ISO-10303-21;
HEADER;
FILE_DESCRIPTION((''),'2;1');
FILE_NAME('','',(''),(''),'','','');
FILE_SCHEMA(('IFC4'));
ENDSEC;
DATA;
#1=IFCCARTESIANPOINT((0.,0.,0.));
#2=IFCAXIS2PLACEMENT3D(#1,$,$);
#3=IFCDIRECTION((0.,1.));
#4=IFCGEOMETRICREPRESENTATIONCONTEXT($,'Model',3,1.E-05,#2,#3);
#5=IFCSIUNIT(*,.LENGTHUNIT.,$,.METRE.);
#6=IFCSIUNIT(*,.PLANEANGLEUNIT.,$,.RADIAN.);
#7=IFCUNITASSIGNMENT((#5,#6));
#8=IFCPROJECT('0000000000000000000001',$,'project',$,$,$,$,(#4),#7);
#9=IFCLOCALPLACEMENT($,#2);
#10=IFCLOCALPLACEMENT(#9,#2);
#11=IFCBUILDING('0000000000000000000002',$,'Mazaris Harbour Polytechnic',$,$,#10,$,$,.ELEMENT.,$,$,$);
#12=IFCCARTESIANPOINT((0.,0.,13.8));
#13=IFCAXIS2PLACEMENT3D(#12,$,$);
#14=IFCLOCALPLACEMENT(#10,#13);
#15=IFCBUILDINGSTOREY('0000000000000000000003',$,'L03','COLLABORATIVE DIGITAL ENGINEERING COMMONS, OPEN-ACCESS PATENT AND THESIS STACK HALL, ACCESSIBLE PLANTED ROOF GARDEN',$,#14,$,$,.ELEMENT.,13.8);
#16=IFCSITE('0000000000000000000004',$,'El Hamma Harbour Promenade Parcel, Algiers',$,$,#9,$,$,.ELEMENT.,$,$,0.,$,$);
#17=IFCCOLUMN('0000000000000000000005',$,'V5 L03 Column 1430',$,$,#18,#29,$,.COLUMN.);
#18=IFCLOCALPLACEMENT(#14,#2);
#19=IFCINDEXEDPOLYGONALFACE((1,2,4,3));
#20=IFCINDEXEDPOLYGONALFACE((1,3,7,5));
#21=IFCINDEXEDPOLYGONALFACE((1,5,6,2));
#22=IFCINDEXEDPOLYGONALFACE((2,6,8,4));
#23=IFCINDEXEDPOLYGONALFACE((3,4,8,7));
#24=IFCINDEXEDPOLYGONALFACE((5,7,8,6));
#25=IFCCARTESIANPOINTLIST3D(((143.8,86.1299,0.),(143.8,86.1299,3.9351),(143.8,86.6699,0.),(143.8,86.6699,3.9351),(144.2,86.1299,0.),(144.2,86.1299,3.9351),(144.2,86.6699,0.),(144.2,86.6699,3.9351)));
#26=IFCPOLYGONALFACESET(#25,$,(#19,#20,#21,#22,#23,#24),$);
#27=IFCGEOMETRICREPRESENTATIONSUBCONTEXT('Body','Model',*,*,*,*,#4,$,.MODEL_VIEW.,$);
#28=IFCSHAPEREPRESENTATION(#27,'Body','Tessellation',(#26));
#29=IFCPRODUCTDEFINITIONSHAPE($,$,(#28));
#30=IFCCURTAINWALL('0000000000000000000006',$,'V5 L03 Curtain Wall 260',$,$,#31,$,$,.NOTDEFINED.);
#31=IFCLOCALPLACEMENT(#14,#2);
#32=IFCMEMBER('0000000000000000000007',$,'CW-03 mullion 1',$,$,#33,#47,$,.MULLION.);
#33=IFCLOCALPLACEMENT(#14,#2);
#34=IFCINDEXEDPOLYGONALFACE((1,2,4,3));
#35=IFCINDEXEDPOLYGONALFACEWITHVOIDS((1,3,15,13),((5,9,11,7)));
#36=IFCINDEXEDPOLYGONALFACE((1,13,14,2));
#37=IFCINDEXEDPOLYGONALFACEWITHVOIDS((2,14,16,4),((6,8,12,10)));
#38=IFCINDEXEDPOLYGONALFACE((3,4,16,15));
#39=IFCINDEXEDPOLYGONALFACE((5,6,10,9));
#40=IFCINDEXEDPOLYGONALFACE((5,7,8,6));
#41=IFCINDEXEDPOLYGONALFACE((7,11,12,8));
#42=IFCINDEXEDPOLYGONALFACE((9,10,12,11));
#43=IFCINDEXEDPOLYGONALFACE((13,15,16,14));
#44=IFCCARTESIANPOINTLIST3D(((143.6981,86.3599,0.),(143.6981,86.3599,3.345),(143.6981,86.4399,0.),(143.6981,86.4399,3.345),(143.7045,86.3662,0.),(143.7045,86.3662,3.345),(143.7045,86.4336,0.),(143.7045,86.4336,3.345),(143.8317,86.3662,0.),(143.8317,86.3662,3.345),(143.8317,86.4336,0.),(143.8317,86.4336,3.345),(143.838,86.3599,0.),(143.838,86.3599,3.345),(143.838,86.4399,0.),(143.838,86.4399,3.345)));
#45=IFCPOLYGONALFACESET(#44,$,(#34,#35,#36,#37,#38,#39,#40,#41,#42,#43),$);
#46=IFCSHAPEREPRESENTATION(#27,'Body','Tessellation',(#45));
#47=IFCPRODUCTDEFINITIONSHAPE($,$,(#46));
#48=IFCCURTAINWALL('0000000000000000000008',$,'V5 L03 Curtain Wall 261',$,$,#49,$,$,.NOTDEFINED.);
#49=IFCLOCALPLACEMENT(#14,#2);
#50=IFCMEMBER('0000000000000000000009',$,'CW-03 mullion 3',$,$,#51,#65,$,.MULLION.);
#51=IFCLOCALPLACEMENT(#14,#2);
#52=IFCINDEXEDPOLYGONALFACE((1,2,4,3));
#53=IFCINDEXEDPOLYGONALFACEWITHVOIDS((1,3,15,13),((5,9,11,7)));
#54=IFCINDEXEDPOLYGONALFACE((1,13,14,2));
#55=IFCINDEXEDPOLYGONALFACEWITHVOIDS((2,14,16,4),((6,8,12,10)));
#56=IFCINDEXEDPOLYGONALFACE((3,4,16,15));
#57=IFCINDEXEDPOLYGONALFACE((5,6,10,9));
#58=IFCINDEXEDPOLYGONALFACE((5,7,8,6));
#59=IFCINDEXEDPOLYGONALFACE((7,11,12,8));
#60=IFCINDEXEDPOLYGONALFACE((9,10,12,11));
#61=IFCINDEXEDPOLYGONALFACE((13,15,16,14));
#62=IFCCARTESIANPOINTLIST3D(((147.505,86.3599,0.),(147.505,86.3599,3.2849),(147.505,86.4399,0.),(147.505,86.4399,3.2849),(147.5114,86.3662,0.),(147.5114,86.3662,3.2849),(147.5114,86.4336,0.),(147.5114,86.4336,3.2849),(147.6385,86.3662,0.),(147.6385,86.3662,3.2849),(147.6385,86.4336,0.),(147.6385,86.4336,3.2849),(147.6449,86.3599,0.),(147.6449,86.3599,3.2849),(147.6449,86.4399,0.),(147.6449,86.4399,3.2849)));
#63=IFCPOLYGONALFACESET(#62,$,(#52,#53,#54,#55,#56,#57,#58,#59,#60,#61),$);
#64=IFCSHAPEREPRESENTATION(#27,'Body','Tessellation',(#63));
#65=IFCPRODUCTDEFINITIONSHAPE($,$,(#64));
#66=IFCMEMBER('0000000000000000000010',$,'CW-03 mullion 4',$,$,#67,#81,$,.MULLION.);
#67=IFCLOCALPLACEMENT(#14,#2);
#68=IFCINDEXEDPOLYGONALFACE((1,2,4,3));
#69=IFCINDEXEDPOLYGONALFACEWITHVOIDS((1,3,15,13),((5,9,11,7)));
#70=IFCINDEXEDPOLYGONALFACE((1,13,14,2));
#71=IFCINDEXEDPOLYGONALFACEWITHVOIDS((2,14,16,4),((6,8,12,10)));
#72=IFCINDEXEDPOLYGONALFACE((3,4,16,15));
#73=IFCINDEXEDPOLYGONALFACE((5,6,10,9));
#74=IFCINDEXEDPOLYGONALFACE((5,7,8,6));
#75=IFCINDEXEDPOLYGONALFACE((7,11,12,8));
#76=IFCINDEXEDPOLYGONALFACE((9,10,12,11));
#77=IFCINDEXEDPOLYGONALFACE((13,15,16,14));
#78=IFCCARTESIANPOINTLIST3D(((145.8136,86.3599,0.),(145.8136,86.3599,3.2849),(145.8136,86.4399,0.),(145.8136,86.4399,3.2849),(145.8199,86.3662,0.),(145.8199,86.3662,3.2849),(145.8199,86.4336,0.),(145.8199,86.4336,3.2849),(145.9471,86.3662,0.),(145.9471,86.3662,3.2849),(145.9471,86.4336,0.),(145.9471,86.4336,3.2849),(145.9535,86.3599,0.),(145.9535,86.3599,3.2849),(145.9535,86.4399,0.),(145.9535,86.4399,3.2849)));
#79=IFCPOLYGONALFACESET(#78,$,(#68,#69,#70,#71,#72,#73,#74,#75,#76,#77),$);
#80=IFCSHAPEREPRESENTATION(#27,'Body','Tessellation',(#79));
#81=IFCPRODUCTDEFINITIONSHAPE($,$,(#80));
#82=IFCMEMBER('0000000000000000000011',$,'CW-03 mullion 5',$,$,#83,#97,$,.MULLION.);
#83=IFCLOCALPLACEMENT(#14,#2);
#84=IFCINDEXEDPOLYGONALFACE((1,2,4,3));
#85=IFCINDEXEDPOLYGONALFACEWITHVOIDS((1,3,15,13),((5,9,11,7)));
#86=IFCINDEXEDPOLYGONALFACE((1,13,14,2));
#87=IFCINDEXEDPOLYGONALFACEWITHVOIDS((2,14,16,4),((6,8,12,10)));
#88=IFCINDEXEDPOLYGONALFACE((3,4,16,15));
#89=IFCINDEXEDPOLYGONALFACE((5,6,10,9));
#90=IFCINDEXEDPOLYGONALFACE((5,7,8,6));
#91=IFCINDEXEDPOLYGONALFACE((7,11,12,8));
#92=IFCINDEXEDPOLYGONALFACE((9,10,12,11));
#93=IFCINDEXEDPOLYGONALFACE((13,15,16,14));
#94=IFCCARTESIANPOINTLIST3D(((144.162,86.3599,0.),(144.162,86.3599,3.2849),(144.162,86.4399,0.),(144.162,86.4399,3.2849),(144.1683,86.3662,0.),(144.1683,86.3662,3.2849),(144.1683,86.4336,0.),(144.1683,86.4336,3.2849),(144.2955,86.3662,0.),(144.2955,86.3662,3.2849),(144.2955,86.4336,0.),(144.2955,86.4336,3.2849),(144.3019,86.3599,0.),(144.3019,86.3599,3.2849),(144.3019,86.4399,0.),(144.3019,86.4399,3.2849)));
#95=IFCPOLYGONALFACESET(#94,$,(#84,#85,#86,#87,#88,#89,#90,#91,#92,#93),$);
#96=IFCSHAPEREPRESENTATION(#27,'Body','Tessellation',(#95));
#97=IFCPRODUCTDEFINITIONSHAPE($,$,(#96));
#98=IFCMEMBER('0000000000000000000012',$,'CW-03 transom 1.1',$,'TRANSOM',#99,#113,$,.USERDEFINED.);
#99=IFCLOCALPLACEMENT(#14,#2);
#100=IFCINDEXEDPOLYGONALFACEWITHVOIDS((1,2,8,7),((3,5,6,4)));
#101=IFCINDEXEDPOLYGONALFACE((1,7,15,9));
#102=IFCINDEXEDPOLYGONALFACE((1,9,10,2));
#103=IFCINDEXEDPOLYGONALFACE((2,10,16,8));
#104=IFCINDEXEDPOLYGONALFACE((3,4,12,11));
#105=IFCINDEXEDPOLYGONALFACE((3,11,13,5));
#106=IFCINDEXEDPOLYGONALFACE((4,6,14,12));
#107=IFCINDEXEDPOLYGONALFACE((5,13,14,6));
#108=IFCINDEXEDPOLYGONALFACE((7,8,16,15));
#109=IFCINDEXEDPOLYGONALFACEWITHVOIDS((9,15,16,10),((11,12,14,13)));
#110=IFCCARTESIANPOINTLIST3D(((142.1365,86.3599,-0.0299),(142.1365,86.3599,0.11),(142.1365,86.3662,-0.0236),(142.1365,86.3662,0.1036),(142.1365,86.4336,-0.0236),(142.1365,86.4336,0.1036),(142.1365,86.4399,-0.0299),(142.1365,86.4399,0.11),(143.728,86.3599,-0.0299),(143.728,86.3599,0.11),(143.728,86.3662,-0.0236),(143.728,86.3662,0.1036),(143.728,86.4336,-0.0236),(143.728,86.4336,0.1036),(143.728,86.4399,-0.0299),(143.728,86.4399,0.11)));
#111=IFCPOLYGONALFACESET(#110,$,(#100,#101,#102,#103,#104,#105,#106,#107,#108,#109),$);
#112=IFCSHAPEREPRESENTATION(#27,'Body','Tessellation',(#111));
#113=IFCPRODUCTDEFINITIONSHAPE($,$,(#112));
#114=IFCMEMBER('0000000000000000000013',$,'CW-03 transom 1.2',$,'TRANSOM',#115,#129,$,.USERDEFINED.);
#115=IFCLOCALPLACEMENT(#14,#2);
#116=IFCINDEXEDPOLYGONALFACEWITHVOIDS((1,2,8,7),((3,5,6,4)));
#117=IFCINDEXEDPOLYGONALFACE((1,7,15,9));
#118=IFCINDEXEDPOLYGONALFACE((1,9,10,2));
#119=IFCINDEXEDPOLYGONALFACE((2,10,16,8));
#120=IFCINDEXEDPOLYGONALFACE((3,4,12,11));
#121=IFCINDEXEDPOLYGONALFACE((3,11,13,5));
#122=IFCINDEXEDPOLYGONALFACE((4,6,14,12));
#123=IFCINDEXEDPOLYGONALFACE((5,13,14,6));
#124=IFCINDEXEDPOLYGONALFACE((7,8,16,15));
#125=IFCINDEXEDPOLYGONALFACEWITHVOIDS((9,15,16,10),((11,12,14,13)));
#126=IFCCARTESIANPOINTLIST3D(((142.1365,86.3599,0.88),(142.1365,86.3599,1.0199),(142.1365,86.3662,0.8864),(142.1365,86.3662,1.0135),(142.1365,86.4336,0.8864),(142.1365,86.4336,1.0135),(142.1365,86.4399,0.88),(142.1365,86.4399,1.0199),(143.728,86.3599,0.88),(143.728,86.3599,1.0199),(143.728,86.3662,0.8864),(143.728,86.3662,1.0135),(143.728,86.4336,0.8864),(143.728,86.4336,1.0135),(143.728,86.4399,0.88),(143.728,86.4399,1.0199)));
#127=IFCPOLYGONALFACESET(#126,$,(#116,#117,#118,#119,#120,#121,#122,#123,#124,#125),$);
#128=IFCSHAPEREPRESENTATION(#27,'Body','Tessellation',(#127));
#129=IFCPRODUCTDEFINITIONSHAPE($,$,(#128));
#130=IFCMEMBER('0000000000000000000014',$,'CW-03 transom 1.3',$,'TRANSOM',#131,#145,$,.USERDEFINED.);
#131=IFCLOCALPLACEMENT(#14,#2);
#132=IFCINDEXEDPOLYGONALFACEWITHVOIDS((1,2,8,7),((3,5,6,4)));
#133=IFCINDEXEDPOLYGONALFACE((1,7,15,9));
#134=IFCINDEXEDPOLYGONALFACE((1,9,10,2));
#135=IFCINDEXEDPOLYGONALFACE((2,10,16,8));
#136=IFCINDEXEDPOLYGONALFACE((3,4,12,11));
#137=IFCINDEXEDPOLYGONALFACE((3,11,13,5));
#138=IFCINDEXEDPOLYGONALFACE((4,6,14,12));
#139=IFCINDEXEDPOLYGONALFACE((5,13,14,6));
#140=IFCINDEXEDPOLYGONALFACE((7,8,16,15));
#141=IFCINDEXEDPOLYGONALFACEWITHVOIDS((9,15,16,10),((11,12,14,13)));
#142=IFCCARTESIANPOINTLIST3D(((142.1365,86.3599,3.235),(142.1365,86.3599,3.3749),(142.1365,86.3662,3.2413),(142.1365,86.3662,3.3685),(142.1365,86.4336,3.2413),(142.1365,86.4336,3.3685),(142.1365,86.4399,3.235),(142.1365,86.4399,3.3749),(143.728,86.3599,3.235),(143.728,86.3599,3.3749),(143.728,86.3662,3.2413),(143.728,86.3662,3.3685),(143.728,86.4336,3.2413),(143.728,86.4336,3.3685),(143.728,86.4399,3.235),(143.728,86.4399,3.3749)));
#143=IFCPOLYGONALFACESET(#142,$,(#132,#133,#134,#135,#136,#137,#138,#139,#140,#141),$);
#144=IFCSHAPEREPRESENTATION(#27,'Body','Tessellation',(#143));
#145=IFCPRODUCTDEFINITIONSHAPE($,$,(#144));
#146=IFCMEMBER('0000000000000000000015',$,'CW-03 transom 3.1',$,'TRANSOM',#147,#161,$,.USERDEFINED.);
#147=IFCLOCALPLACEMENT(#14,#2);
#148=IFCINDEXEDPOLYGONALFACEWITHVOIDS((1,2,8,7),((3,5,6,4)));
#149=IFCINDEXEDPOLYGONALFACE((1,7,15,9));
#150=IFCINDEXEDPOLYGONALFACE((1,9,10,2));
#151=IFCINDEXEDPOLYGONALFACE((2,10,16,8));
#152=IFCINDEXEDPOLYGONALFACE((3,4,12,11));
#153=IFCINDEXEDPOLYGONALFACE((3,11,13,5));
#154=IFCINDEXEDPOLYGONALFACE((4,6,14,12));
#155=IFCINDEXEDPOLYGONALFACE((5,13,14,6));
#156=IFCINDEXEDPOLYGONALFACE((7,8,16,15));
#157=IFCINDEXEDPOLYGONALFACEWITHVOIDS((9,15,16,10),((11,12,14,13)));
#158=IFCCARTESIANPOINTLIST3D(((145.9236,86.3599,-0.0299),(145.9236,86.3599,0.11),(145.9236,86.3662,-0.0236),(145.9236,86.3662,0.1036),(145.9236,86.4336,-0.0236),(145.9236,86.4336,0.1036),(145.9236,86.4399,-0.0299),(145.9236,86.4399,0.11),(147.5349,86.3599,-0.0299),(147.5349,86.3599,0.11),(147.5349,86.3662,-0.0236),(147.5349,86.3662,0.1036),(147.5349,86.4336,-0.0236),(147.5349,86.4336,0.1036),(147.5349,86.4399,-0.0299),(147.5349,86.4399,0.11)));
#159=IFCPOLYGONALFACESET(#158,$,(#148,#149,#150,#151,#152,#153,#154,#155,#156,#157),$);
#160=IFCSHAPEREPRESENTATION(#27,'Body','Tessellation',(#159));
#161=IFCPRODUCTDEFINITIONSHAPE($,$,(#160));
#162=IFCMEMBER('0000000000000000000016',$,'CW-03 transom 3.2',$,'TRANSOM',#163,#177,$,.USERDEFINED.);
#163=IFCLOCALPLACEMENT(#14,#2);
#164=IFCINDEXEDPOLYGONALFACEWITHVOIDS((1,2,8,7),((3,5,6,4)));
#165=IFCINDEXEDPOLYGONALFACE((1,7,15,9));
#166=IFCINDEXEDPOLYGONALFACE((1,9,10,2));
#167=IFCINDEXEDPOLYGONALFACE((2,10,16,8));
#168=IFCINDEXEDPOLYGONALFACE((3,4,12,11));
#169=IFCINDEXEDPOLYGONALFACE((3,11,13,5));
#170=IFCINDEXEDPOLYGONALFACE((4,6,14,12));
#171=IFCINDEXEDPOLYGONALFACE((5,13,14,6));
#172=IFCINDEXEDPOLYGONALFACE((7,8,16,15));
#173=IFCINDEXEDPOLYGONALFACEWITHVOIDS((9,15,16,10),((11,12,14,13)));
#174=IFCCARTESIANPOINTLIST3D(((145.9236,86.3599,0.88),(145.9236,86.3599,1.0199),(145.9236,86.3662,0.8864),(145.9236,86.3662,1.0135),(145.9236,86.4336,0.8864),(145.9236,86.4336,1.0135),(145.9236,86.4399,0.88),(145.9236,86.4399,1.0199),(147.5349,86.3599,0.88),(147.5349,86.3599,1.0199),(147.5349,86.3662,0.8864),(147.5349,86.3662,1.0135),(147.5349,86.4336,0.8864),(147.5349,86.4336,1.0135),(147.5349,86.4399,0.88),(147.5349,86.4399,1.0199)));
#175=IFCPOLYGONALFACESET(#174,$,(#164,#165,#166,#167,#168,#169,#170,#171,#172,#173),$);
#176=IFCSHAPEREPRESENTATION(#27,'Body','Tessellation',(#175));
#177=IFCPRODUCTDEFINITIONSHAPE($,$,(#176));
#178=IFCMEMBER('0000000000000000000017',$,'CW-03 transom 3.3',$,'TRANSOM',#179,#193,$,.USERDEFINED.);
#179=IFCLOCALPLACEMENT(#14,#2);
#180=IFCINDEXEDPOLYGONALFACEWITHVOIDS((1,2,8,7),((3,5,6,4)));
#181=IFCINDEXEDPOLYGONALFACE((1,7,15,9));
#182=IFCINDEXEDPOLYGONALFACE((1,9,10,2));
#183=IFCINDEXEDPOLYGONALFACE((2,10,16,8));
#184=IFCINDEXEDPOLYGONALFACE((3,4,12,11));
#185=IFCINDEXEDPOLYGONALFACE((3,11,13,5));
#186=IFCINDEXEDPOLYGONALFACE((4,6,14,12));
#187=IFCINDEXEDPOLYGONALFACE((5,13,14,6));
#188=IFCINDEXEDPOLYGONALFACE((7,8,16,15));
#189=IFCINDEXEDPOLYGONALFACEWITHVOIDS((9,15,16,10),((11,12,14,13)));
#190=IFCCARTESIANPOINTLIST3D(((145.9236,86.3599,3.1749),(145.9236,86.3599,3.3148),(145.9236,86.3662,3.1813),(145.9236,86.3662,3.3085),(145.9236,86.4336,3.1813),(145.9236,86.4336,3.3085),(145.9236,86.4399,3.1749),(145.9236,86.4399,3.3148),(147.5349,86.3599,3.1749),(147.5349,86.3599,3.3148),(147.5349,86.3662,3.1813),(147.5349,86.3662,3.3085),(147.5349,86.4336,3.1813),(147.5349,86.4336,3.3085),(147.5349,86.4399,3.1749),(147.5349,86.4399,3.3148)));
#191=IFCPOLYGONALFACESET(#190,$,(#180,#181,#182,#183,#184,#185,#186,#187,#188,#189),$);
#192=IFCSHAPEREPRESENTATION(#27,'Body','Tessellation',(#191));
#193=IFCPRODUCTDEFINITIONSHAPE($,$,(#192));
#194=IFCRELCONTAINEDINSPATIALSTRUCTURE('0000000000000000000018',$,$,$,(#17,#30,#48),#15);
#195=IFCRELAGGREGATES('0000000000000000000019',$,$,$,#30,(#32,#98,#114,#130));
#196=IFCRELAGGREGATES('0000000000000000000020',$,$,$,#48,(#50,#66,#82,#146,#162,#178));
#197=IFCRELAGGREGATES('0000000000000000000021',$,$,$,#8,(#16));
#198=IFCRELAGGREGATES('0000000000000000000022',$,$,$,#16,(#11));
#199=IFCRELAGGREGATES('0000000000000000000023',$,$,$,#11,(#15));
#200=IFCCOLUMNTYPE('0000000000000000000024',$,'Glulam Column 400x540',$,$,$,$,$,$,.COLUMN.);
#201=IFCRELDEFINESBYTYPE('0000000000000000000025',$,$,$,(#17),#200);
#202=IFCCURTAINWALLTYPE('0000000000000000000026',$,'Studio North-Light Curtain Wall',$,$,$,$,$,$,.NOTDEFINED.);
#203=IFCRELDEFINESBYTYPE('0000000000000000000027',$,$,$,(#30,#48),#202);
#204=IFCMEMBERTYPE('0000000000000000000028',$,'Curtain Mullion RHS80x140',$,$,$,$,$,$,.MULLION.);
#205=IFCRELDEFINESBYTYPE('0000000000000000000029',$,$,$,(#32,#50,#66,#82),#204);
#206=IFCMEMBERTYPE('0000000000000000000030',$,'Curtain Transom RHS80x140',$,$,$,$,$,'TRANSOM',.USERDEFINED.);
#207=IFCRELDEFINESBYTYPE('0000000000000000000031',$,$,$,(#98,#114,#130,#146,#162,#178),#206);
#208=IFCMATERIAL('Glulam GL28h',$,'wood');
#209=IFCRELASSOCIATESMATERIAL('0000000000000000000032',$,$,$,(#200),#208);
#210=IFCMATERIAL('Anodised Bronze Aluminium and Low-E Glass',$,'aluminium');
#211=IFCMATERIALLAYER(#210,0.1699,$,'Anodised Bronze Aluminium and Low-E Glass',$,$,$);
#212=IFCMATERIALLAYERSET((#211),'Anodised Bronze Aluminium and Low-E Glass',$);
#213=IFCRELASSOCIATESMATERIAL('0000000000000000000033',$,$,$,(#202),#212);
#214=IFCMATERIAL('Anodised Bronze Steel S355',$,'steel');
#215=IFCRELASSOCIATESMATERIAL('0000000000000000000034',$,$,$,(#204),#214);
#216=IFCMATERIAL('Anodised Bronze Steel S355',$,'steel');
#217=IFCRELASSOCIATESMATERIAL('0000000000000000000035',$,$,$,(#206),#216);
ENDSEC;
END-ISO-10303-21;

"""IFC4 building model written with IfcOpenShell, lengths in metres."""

from ifc_helpers import new_model, si_unit, direction, frame, origin, origin_2d, place, context, subcontext, project, spatial, rectangle, hollow_rectangle, extrude, material, layer, layer_set, material_profile, profile_set, type_object, element, aggregate, save


model = new_model("IFC4")

# Units and contexts
model_context = context("Model", 3, precision=1e-05, world=origin(), true_north=direction((0.0, 1.0)))
body_context = subcontext(model_context, "Body", "Model", "MODEL_VIEW")
ifc_project = project(units=[si_unit("LENGTHUNIT", "METRE"), si_unit("PLANEANGLEUNIT", "RADIAN")], contexts=[model_context])

# Site, building, storey
site_placement = place(None, origin())
site = spatial("IfcSite", under=ifc_project, at=site_placement, Name="El Hamma Harbour Promenade Parcel, Algiers", CompositionType="ELEMENT", RefElevation=0.0)
building_placement = place(site_placement, origin())
building = spatial("IfcBuilding", under=site, at=building_placement, Name="Mazaris Harbour Polytechnic", CompositionType="ELEMENT")
storey_placement = place(building_placement, frame((0.0, 0.0, 13.8)))
storey = spatial("IfcBuildingStorey", under=building, at=storey_placement, Name="L03", Description="COLLABORATIVE DIGITAL ENGINEERING COMMONS, OPEN-ACCESS PATENT AND THESIS STACK HALL, ACCESSIBLE PLANTED ROOF GARDEN", CompositionType="ELEMENT", Elevation=13.8)

# Column
ifc_material_1 = material(Name="Glulam GL28h", Category="wood")
ifc_material_profile_1 = material_profile(ifc_material_1, rectangle(XDim=0.3999, YDim=0.54, at=origin_2d()), Name="RECT400x540")
ifc_profile_set_1 = profile_set([ifc_material_profile_1], Name="Glulam GL28h")
column_type = type_object("IfcColumnType", Name="Glulam Column 400x540", PredefinedType="COLUMN", material=ifc_profile_set_1)
column_placement = place(storey_placement, frame((144.0, 86.3999, 0.0), z_axis=(0.0, 0.0, 1.0), x_axis=(1.0, 0.0, 0.0)))
element("IfcColumn", 1, at=column_placement, inside=storey, type_object=column_type, Name="V5 L03 Column 1430", PredefinedType="COLUMN", context=body_context, shape_type="SweptSolid", body=[
    extrude(rectangle(XDim=0.3999, YDim=0.54, at=origin_2d()), origin(), (0.0, 0.0, 1.0), 3.9351),
])

# Curtain wall, member
ifc_material_2 = material(Name="Anodised Bronze Aluminium and Low-E Glass", Category="aluminium")
ifc_layer_1 = layer(ifc_material_2, 0.1699, Name="Anodised Bronze Aluminium and Low-E Glass")
ifc_layer_set_1 = layer_set([ifc_layer_1], Name="Anodised Bronze Aluminium and Low-E Glass")
curtain_wall_type = type_object("IfcCurtainWallType", Name="Studio North-Light Curtain Wall", PredefinedType="NOTDEFINED", material=ifc_layer_set_1)
curtain_wall_1_placement = place(storey_placement, origin())
curtain_wall_1 = element("IfcCurtainWall", 2, at=curtain_wall_1_placement, inside=storey, type_object=curtain_wall_type, Name="V5 L03 Curtain Wall 260", PredefinedType="NOTDEFINED")
ifc_material_3 = material(Name="Anodised Bronze Steel S355", Category="steel")
ifc_material_profile_2 = material_profile(ifc_material_3, hollow_rectangle(XDim=0.0801, YDim=0.1399, WallThickness=0.0063, at=origin_2d()), Name="RHS 80x140x6.3")
ifc_profile_set_2 = profile_set([ifc_material_profile_2], Name="Anodised Bronze Steel S355")
member_type_1 = type_object("IfcMemberType", Name="Curtain Mullion RHS80x140", PredefinedType="MULLION", material=ifc_profile_set_2)
member_1_placement = place(storey_placement, frame((143.7681, 86.3999, 0.0), z_axis=(0.0, 0.0, 1.0), x_axis=(0.0, -1.0, 0.0)))
member_1 = element("IfcMember", 3, at=member_1_placement, type_object=member_type_1, Name="CW-03 mullion 1", PredefinedType="MULLION", context=body_context, shape_type="SweptSolid", body=[
    extrude(hollow_rectangle(XDim=0.0801, YDim=0.1399, WallThickness=0.0063, at=origin_2d()), origin(), (0.0, 0.0, 1.0), 3.345),
])

# Curtain wall, members
curtain_wall_2_placement = place(storey_placement, origin())
curtain_wall_2 = element("IfcCurtainWall", 4, at=curtain_wall_2_placement, inside=storey, type_object=curtain_wall_type, Name="V5 L03 Curtain Wall 261", PredefinedType="NOTDEFINED")
member_2_placement = place(storey_placement, frame((147.575, 86.3999, 0.0), z_axis=(0.0, 0.0, 1.0), x_axis=(0.0, -1.0, 0.0)))
member_2 = element("IfcMember", 5, at=member_2_placement, type_object=member_type_1, Name="CW-03 mullion 3", PredefinedType="MULLION", context=body_context, shape_type="SweptSolid", body=[
    extrude(hollow_rectangle(XDim=0.0801, YDim=0.1399, WallThickness=0.0063, at=origin_2d()), origin(), (0.0, 0.0, 1.0), 3.2849),
])
member_3_placement = place(storey_placement, frame((145.8835, 86.3999, 0.0), z_axis=(0.0, 0.0, 1.0), x_axis=(0.0, -1.0, 0.0)))
member_3 = element("IfcMember", 6, at=member_3_placement, type_object=member_type_1, Name="CW-03 mullion 4", PredefinedType="MULLION", context=body_context, shape_type="SweptSolid", body=[
    extrude(hollow_rectangle(XDim=0.0801, YDim=0.1399, WallThickness=0.0063, at=origin_2d()), origin(), (0.0, 0.0, 1.0), 3.2849),
])
member_4_placement = place(storey_placement, frame((144.2319, 86.3999, 0.0), z_axis=(0.0, 0.0, 1.0), x_axis=(0.0, -1.0, 0.0)))
member_4 = element("IfcMember", 7, at=member_4_placement, type_object=member_type_1, Name="CW-03 mullion 5", PredefinedType="MULLION", context=body_context, shape_type="SweptSolid", body=[
    extrude(hollow_rectangle(XDim=0.0801, YDim=0.1399, WallThickness=0.0063, at=origin_2d()), origin(), (0.0, 0.0, 1.0), 3.2849),
])

# Members
ifc_material_4 = material(Name="Anodised Bronze Steel S355", Category="steel")
ifc_material_profile_3 = material_profile(ifc_material_4, hollow_rectangle(XDim=0.0801, YDim=0.1399, WallThickness=0.0063, at=origin_2d()), Name="RHS 80x140x6.3")
ifc_profile_set_3 = profile_set([ifc_material_profile_3], Name="Anodised Bronze Steel S355")
member_type_2 = type_object("IfcMemberType", Name="Curtain Transom RHS80x140", ElementType="TRANSOM", PredefinedType="USERDEFINED", material=ifc_profile_set_3)
member_5_placement = place(storey_placement, frame((143.728, 86.3999, 0.04), z_axis=(-1.0, 0.0, 0.0), x_axis=(0.0, -1.0, 0.0)))
member_5 = element("IfcMember", 8, at=member_5_placement, type_object=member_type_2, Name="CW-03 transom 1.1", ObjectType="TRANSOM", PredefinedType="USERDEFINED", context=body_context, shape_type="SweptSolid", body=[
    extrude(hollow_rectangle(XDim=0.0801, YDim=0.1399, WallThickness=0.0063, at=origin_2d()), origin(), (0.0, 0.0, 1.0), 1.5916),
])
member_6_placement = place(storey_placement, frame((143.728, 86.3999, 0.95), z_axis=(-1.0, 0.0, 0.0), x_axis=(0.0, -1.0, 0.0)))
member_6 = element("IfcMember", 9, at=member_6_placement, type_object=member_type_2, Name="CW-03 transom 1.2", ObjectType="TRANSOM", PredefinedType="USERDEFINED", context=body_context, shape_type="SweptSolid", body=[
    extrude(hollow_rectangle(XDim=0.0801, YDim=0.1399, WallThickness=0.0063, at=origin_2d()), origin(), (0.0, 0.0, 1.0), 1.5916),
])
member_7_placement = place(storey_placement, frame((143.728, 86.3999, 3.3049), z_axis=(-1.0, 0.0, 0.0), x_axis=(0.0, -1.0, 0.0)))
member_7 = element("IfcMember", 10, at=member_7_placement, type_object=member_type_2, Name="CW-03 transom 1.3", ObjectType="TRANSOM", PredefinedType="USERDEFINED", context=body_context, shape_type="SweptSolid", body=[
    extrude(hollow_rectangle(XDim=0.0801, YDim=0.1399, WallThickness=0.0063, at=origin_2d()), origin(), (0.0, 0.0, 1.0), 1.5916),
])
member_8_placement = place(storey_placement, frame((147.5349, 86.3999, 0.04), z_axis=(-1.0, 0.0, 0.0), x_axis=(0.0, -1.0, 0.0)))
member_8 = element("IfcMember", 11, at=member_8_placement, type_object=member_type_2, Name="CW-03 transom 3.1", ObjectType="TRANSOM", PredefinedType="USERDEFINED", context=body_context, shape_type="SweptSolid", body=[
    extrude(hollow_rectangle(XDim=0.0801, YDim=0.1399, WallThickness=0.0063, at=origin_2d()), origin(), (0.0, 0.0, 1.0), 1.6113),
])
member_9_placement = place(storey_placement, frame((147.5349, 86.3999, 0.95), z_axis=(-1.0, 0.0, 0.0), x_axis=(0.0, -1.0, 0.0)))
member_9 = element("IfcMember", 12, at=member_9_placement, type_object=member_type_2, Name="CW-03 transom 3.2", ObjectType="TRANSOM", PredefinedType="USERDEFINED", context=body_context, shape_type="SweptSolid", body=[
    extrude(hollow_rectangle(XDim=0.0801, YDim=0.1399, WallThickness=0.0063, at=origin_2d()), origin(), (0.0, 0.0, 1.0), 1.6113),
])
member_10_placement = place(storey_placement, frame((147.5349, 86.3999, 3.2449), z_axis=(-1.0, 0.0, 0.0), x_axis=(0.0, -1.0, 0.0)))
member_10 = element("IfcMember", 13, at=member_10_placement, type_object=member_type_2, Name="CW-03 transom 3.3", ObjectType="TRANSOM", PredefinedType="USERDEFINED", context=body_context, shape_type="SweptSolid", body=[
    extrude(hollow_rectangle(XDim=0.0801, YDim=0.1399, WallThickness=0.0063, at=origin_2d()), origin(), (0.0, 0.0, 1.0), 1.6113),
])

aggregate(curtain_wall_1, [member_1, member_5, member_6, member_7])
aggregate(curtain_wall_2, [member_2, member_3, member_4, member_8, member_9, member_10])

save(model, "model.ifc")
